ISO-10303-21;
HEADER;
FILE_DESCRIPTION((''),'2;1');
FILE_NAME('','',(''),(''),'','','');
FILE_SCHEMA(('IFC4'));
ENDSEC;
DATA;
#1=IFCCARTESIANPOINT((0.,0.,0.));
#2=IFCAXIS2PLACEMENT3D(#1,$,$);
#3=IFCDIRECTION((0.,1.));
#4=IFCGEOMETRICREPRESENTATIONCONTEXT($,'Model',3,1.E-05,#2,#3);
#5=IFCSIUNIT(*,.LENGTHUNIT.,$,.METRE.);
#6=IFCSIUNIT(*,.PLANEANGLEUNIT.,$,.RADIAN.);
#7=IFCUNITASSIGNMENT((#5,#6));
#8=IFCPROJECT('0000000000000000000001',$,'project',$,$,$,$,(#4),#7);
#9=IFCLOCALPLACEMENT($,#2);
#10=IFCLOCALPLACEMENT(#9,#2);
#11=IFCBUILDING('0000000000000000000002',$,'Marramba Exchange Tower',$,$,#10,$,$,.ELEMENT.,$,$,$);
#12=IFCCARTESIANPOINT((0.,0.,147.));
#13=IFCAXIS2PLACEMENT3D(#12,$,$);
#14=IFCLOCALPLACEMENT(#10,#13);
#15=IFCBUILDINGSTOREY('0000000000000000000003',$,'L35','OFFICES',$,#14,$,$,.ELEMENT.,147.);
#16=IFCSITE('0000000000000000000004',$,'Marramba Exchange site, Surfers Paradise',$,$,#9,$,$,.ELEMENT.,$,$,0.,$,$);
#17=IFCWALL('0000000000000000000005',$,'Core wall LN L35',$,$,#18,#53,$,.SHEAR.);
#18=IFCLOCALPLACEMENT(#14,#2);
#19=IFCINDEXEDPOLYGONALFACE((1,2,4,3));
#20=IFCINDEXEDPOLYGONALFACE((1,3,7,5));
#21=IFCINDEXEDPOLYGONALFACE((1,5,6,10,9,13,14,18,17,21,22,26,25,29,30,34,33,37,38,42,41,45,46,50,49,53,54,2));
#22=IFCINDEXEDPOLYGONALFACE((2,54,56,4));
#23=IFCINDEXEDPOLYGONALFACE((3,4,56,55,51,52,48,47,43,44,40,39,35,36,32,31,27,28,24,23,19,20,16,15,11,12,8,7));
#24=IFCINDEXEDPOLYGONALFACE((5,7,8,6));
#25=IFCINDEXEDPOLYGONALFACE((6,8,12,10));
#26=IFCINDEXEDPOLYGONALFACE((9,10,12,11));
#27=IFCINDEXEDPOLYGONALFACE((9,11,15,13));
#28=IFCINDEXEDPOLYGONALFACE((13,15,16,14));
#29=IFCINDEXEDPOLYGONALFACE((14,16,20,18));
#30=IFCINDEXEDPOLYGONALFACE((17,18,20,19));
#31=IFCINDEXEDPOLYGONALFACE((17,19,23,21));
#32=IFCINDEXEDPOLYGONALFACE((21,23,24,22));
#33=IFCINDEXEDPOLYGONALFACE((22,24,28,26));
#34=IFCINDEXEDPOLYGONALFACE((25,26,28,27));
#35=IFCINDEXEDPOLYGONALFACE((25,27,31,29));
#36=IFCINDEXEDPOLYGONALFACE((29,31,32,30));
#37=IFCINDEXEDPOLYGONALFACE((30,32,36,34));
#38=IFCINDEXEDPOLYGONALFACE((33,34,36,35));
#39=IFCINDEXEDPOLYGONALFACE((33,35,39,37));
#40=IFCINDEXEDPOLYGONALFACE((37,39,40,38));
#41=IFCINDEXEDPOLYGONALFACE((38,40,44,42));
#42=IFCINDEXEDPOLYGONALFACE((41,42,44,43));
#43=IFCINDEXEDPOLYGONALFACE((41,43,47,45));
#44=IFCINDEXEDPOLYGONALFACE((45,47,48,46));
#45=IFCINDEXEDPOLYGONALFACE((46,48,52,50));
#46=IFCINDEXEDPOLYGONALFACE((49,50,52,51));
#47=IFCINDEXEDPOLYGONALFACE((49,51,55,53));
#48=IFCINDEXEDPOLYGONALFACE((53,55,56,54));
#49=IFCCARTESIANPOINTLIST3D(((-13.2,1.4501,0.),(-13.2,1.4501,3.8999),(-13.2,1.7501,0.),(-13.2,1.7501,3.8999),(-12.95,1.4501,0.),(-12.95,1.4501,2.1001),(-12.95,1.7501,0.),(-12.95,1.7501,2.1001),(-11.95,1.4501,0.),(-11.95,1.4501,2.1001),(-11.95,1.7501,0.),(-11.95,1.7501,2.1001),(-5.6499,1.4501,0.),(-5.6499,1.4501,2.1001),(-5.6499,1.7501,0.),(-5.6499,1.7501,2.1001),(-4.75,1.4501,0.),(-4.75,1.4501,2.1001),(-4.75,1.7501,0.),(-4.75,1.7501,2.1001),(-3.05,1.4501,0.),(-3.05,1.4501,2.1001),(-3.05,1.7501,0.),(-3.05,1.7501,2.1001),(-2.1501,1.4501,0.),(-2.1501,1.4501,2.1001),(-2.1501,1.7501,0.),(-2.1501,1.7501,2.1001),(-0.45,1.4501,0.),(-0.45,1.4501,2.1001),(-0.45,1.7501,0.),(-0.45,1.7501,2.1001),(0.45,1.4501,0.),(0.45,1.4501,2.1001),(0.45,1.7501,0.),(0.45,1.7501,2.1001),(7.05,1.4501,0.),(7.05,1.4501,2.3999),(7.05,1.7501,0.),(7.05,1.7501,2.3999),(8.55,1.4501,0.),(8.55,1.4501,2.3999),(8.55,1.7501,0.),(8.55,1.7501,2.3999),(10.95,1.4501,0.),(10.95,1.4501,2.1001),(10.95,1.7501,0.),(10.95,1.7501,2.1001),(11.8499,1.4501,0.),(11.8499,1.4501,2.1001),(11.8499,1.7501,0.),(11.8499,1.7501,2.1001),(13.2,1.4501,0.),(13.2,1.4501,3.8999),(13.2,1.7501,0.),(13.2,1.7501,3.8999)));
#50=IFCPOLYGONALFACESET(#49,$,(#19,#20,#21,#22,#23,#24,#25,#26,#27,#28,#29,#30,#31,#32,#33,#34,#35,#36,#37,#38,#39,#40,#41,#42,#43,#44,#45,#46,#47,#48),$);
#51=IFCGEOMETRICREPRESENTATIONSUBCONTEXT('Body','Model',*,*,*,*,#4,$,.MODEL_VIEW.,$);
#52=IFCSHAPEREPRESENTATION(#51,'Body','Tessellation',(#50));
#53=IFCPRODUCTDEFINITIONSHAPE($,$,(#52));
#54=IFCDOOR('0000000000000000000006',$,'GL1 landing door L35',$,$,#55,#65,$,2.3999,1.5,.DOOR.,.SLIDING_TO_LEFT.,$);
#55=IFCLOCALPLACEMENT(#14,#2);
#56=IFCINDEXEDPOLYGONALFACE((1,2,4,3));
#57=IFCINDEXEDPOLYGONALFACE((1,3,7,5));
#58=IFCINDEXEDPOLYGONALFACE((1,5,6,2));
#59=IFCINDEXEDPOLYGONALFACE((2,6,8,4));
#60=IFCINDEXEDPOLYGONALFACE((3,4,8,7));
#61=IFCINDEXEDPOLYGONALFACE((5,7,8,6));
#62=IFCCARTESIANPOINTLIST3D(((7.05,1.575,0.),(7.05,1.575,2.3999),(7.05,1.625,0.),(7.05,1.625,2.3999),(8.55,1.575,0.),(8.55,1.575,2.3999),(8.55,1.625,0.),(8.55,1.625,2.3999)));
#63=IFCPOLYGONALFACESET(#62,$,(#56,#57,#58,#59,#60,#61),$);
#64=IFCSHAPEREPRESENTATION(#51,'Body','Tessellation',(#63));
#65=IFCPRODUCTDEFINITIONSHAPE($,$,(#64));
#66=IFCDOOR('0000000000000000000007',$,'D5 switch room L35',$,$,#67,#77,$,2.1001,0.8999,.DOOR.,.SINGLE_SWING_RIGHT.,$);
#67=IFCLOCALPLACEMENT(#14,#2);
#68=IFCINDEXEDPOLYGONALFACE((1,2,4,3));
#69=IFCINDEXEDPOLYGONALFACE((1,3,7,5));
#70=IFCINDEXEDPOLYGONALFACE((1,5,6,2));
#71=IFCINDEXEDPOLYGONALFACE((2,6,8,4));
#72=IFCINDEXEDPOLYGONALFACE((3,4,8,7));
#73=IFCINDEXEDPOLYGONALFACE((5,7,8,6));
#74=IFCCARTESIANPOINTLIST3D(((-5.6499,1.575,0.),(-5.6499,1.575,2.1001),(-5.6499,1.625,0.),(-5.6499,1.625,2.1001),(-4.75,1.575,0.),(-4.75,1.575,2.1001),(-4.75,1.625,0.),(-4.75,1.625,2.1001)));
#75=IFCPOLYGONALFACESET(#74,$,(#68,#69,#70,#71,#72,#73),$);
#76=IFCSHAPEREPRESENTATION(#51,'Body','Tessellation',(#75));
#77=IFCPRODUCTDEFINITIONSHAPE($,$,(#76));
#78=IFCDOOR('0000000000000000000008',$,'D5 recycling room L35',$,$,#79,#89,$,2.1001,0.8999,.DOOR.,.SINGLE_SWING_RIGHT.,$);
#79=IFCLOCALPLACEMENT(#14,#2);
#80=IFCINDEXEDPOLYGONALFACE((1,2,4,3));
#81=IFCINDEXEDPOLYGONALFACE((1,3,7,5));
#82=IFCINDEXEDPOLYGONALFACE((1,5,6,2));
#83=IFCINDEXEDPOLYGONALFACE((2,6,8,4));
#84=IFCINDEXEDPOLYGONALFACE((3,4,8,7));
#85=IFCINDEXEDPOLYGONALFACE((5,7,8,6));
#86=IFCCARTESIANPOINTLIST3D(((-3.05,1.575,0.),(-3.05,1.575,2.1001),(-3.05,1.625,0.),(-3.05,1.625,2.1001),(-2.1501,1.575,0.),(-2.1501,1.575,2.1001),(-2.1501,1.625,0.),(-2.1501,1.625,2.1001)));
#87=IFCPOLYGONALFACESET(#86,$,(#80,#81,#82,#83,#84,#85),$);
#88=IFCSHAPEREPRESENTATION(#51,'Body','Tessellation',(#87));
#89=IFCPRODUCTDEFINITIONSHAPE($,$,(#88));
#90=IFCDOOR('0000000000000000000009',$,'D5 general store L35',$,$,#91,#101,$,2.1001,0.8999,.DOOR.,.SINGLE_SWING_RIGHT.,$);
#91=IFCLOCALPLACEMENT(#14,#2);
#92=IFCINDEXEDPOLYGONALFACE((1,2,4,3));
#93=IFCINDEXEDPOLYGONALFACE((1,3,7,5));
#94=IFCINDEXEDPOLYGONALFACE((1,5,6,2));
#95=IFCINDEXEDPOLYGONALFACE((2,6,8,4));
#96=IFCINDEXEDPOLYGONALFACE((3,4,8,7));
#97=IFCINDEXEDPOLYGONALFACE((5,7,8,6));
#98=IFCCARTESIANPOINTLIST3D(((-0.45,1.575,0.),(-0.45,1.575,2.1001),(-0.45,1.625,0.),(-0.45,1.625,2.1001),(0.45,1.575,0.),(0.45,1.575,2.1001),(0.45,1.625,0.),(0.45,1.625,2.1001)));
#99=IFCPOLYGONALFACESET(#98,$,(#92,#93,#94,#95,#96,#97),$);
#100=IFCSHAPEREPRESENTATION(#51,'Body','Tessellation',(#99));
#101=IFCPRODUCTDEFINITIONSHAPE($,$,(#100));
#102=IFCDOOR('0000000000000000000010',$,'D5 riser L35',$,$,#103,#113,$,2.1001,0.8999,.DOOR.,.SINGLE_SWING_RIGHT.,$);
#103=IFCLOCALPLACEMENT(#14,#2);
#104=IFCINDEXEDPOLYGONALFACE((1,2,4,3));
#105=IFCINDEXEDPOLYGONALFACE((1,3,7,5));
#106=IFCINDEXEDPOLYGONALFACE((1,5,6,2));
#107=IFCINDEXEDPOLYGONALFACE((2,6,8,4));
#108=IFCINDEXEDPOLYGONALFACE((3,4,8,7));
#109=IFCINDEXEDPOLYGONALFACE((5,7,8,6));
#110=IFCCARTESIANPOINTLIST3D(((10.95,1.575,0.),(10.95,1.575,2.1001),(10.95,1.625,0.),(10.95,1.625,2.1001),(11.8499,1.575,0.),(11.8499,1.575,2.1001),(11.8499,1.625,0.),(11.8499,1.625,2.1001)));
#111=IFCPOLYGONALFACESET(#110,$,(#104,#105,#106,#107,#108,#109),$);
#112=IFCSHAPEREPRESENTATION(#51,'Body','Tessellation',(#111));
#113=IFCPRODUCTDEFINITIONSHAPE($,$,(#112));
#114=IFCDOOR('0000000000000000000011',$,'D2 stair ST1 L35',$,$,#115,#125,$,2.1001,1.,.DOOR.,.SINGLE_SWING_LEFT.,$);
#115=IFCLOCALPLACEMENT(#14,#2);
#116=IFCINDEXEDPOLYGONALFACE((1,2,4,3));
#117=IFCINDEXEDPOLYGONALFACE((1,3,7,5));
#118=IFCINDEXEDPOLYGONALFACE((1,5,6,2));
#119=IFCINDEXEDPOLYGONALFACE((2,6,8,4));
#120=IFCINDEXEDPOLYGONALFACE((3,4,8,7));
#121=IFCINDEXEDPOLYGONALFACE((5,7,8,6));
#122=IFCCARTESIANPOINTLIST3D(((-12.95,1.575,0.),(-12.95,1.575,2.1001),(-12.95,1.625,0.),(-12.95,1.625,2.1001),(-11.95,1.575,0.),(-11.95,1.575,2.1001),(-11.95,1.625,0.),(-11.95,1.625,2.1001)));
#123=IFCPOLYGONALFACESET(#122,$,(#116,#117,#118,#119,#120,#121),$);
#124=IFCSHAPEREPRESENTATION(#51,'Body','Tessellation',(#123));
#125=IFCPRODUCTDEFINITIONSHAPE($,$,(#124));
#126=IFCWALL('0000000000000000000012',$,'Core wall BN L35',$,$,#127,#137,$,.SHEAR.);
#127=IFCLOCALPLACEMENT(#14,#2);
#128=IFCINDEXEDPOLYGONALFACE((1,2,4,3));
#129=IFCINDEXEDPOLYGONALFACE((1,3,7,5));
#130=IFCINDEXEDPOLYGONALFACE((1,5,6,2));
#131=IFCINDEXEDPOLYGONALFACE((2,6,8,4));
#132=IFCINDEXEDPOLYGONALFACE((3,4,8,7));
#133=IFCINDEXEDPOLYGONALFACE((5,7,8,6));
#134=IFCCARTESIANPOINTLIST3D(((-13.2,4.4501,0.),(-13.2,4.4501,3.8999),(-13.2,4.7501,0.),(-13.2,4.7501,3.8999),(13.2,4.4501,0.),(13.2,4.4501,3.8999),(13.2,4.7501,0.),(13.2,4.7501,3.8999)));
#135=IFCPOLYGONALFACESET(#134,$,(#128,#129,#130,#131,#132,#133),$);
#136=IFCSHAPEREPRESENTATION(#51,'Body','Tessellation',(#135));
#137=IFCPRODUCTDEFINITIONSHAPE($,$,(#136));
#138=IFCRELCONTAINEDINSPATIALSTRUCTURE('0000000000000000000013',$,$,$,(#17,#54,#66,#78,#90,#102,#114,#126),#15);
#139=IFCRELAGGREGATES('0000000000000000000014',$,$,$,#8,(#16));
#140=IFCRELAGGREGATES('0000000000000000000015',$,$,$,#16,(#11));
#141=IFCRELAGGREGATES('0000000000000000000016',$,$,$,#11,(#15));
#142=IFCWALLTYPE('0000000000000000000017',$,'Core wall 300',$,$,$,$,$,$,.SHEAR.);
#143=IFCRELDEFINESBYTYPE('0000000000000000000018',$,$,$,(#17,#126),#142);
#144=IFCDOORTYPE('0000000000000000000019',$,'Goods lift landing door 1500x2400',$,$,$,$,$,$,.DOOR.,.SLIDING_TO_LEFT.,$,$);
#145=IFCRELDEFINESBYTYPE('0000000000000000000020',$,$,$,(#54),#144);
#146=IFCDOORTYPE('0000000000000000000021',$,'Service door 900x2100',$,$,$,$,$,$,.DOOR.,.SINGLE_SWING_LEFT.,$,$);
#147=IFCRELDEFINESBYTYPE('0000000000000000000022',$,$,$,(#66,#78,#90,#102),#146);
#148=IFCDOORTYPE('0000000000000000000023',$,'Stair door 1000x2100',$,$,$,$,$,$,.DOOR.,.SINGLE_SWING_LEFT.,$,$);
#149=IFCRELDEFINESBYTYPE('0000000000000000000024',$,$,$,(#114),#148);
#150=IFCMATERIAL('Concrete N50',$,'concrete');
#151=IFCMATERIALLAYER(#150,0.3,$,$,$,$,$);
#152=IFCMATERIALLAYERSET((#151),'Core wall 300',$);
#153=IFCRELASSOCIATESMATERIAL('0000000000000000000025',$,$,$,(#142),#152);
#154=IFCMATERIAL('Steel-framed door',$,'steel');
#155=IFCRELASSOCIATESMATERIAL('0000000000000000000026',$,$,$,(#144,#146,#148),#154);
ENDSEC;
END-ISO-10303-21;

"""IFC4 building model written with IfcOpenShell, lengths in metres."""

from ifc_helpers import new_model, si_unit, direction, frame, frame_2d, origin, place, context, subcontext, project, spatial, rectangle, extrude, material, layer, layer_set, type_object, element, fill, save


model = new_model("IFC4")

# Units and contexts
model_context = context("Model", 3, precision=1e-05, world=origin(), true_north=direction((0.0, 1.0)))
body_context = subcontext(model_context, "Body", "Model", "MODEL_VIEW")
ifc_project = project(units=[si_unit("LENGTHUNIT", "METRE"), si_unit("PLANEANGLEUNIT", "RADIAN")], contexts=[model_context])

# Site, building, storey
site_placement = place(None, origin())
site = spatial("IfcSite", under=ifc_project, at=site_placement, Name="Marramba Exchange site, Surfers Paradise", CompositionType="ELEMENT", RefElevation=0.0)
building_placement = place(site_placement, origin())
building = spatial("IfcBuilding", under=site, at=building_placement, Name="Marramba Exchange Tower", CompositionType="ELEMENT")
storey_placement = place(building_placement, frame((0.0, 0.0, 147.0)))
storey = spatial("IfcBuildingStorey", under=building, at=storey_placement, Name="L35", Description="OFFICES", CompositionType="ELEMENT", Elevation=147.0)

# Shared definitions
ifc_material_1 = material(Name="Concrete N50", Category="concrete")

# Wall, openings, doors
ifc_layer_1 = layer(ifc_material_1, 0.3)
ifc_layer_set_1 = layer_set([ifc_layer_1], Name="Core wall 300")
wall_type_1 = type_object("IfcWallType", Name="Core wall 300", PredefinedType="SHEAR", material=ifc_layer_set_1)
wall_1_placement = place(storey_placement, frame((-13.2, 1.6001, 0.0), z_axis=(0.0, 0.0, 1.0), x_axis=(1.0, 0.0, 0.0)))
wall_1 = element("IfcWall", 1, at=wall_1_placement, inside=storey, type_object=wall_type_1, Name="Core wall LN L35", PredefinedType="SHEAR", context=body_context, shape_type="SweptSolid", body=[
    extrude(rectangle(XDim=26.3999, YDim=0.3, at=frame_2d((13.2, 0.0))), origin(), (0.0, 0.0, 1.0), 3.8999),
])
opening_1_placement = place(wall_1_placement, frame((0.25, 0.0, 0.0)))
opening_1 = element("IfcOpeningElement", 2, at=opening_1_placement, cuts=wall_1, PredefinedType="OPENING", context=body_context, shape_type="SweptSolid", body=[
    extrude(rectangle(XDim=1.0, YDim=2.1001, at=frame_2d((0.5, 1.05))), frame((0.0, 0.1599, 0.0), z_axis=(0.0, -1.0, 0.0), x_axis=(1.0, 0.0, 0.0)), (0.0, 0.0, 1.0), 0.3201),
])
opening_2_placement = place(wall_1_placement, frame((20.25, 0.0, 0.0)))
opening_2 = element("IfcOpeningElement", 3, at=opening_2_placement, cuts=wall_1, PredefinedType="OPENING", context=body_context, shape_type="SweptSolid", body=[
    extrude(rectangle(XDim=1.5, YDim=2.3999, at=frame_2d((0.75, 1.2))), frame((0.0, 0.1599, 0.0), z_axis=(0.0, -1.0, 0.0), x_axis=(1.0, 0.0, 0.0)), (0.0, 0.0, 1.0), 0.3201),
])
opening_3_placement = place(wall_1_placement, frame((7.55, 0.0, 0.0)))
opening_3 = element("IfcOpeningElement", 4, at=opening_3_placement, cuts=wall_1, PredefinedType="OPENING", context=body_context, shape_type="SweptSolid", body=[
    extrude(rectangle(XDim=0.8999, YDim=2.1001, at=frame_2d((0.45, 1.05))), frame((0.0, 0.1599, 0.0), z_axis=(0.0, -1.0, 0.0), x_axis=(1.0, 0.0, 0.0)), (0.0, 0.0, 1.0), 0.3201),
])
opening_4_placement = place(wall_1_placement, frame((10.1499, 0.0, 0.0)))
opening_4 = element("IfcOpeningElement", 5, at=opening_4_placement, cuts=wall_1, PredefinedType="OPENING", context=body_context, shape_type="SweptSolid", body=[
    extrude(rectangle(XDim=0.8999, YDim=2.1001, at=frame_2d((0.45, 1.05))), frame((0.0, 0.1599, 0.0), z_axis=(0.0, -1.0, 0.0), x_axis=(1.0, 0.0, 0.0)), (0.0, 0.0, 1.0), 0.3201),
])
opening_5_placement = place(wall_1_placement, frame((12.75, 0.0, 0.0)))
opening_5 = element("IfcOpeningElement", 6, at=opening_5_placement, cuts=wall_1, PredefinedType="OPENING", context=body_context, shape_type="SweptSolid", body=[
    extrude(rectangle(XDim=0.8999, YDim=2.1001, at=frame_2d((0.45, 1.05))), frame((0.0, 0.1599, 0.0), z_axis=(0.0, -1.0, 0.0), x_axis=(1.0, 0.0, 0.0)), (0.0, 0.0, 1.0), 0.3201),
])
opening_6_placement = place(wall_1_placement, frame((24.1499, 0.0, 0.0)))
opening_6 = element("IfcOpeningElement", 7, at=opening_6_placement, cuts=wall_1, PredefinedType="OPENING", context=body_context, shape_type="SweptSolid", body=[
    extrude(rectangle(XDim=0.8999, YDim=2.1001, at=frame_2d((0.45, 1.05))), frame((0.0, 0.1599, 0.0), z_axis=(0.0, -1.0, 0.0), x_axis=(1.0, 0.0, 0.0)), (0.0, 0.0, 1.0), 0.3201),
])
ifc_material_2 = material(Name="Steel-framed door", Category="steel")
door_type_1 = type_object("IfcDoorType", Name="Goods lift landing door 1500x2400", OperationType="SLIDING_TO_LEFT", PredefinedType="DOOR", material=ifc_material_2)
door_1_placement = place(opening_2_placement, origin())
door_1 = element("IfcDoor", 8, at=door_1_placement, inside=storey, type_object=door_type_1, Name="GL1 landing door L35", OperationType="SLIDING_TO_LEFT", OverallHeight=2.3999, OverallWidth=1.5, PredefinedType="DOOR", context=body_context, shape_type="SweptSolid", body=[
    extrude(rectangle(XDim=1.5, YDim=2.3999, at=frame_2d((0.75, 1.2))), frame((0.0, 0.0249, 0.0), z_axis=(0.0, -1.0, 0.0), x_axis=(1.0, 0.0, 0.0)), (0.0, 0.0, 1.0), 0.05),
])
fill(opening_2, door_1)
door_type_2 = type_object("IfcDoorType", Name="Service door 900x2100", OperationType="SINGLE_SWING_LEFT", PredefinedType="DOOR", material=ifc_material_2)
door_2_placement = place(opening_3_placement, origin())
door_2 = element("IfcDoor", 9, at=door_2_placement, inside=storey, type_object=door_type_2, Name="D5 switch room L35", OperationType="SINGLE_SWING_RIGHT", OverallHeight=2.1001, OverallWidth=0.8999, PredefinedType="DOOR", context=body_context, shape_type="SweptSolid", body=[
    extrude(rectangle(XDim=0.8999, YDim=2.1001, at=frame_2d((0.45, 1.05))), frame((0.0, 0.0249, 0.0), z_axis=(0.0, -1.0, 0.0), x_axis=(1.0, 0.0, 0.0)), (0.0, 0.0, 1.0), 0.05),
])
fill(opening_3, door_2)
door_3_placement = place(opening_4_placement, origin())
door_3 = element("IfcDoor", 10, at=door_3_placement, inside=storey, type_object=door_type_2, Name="D5 recycling room L35", OperationType="SINGLE_SWING_RIGHT", OverallHeight=2.1001, OverallWidth=0.8999, PredefinedType="DOOR", context=body_context, shape_type="SweptSolid", body=[
    extrude(rectangle(XDim=0.8999, YDim=2.1001, at=frame_2d((0.45, 1.05))), frame((0.0, 0.0249, 0.0), z_axis=(0.0, -1.0, 0.0), x_axis=(1.0, 0.0, 0.0)), (0.0, 0.0, 1.0), 0.05),
])
fill(opening_4, door_3)
door_4_placement = place(opening_5_placement, origin())
door_4 = element("IfcDoor", 11, at=door_4_placement, inside=storey, type_object=door_type_2, Name="D5 general store L35", OperationType="SINGLE_SWING_RIGHT", OverallHeight=2.1001, OverallWidth=0.8999, PredefinedType="DOOR", context=body_context, shape_type="SweptSolid", body=[
    extrude(rectangle(XDim=0.8999, YDim=2.1001, at=frame_2d((0.45, 1.05))), frame((0.0, 0.0249, 0.0), z_axis=(0.0, -1.0, 0.0), x_axis=(1.0, 0.0, 0.0)), (0.0, 0.0, 1.0), 0.05),
])
fill(opening_5, door_4)
door_5_placement = place(opening_6_placement, origin())
door_5 = element("IfcDoor", 12, at=door_5_placement, inside=storey, type_object=door_type_2, Name="D5 riser L35", OperationType="SINGLE_SWING_RIGHT", OverallHeight=2.1001, OverallWidth=0.8999, PredefinedType="DOOR", context=body_context, shape_type="SweptSolid", body=[
    extrude(rectangle(XDim=0.8999, YDim=2.1001, at=frame_2d((0.45, 1.05))), frame((0.0, 0.0249, 0.0), z_axis=(0.0, -1.0, 0.0), x_axis=(1.0, 0.0, 0.0)), (0.0, 0.0, 1.0), 0.05),
])
fill(opening_6, door_5)
door_type_3 = type_object("IfcDoorType", Name="Stair door 1000x2100", OperationType="SINGLE_SWING_LEFT", PredefinedType="DOOR", material=ifc_material_2)
door_6_placement = place(opening_1_placement, origin())
door_6 = element("IfcDoor", 13, at=door_6_placement, inside=storey, type_object=door_type_3, Name="D2 stair ST1 L35", OperationType="SINGLE_SWING_LEFT", OverallHeight=2.1001, OverallWidth=1.0, PredefinedType="DOOR", context=body_context, shape_type="SweptSolid", body=[
    extrude(rectangle(XDim=1.0, YDim=2.1001, at=frame_2d((0.5, 1.05))), frame((0.0, 0.0249, 0.0), z_axis=(0.0, -1.0, 0.0), x_axis=(1.0, 0.0, 0.0)), (0.0, 0.0, 1.0), 0.05),
])
fill(opening_1, door_6)

# Wall
wall_2_placement = place(storey_placement, frame((-13.2, 4.6001, 0.0), z_axis=(0.0, 0.0, 1.0), x_axis=(1.0, 0.0, 0.0)))
element("IfcWall", 14, at=wall_2_placement, inside=storey, type_object=wall_type_1, Name="Core wall BN L35", PredefinedType="SHEAR", context=body_context, shape_type="SweptSolid", body=[
    extrude(rectangle(XDim=26.3999, YDim=0.3, at=frame_2d((13.2, 0.0))), origin(), (0.0, 0.0, 1.0), 3.8999),
])

save(model, "model.ifc")
